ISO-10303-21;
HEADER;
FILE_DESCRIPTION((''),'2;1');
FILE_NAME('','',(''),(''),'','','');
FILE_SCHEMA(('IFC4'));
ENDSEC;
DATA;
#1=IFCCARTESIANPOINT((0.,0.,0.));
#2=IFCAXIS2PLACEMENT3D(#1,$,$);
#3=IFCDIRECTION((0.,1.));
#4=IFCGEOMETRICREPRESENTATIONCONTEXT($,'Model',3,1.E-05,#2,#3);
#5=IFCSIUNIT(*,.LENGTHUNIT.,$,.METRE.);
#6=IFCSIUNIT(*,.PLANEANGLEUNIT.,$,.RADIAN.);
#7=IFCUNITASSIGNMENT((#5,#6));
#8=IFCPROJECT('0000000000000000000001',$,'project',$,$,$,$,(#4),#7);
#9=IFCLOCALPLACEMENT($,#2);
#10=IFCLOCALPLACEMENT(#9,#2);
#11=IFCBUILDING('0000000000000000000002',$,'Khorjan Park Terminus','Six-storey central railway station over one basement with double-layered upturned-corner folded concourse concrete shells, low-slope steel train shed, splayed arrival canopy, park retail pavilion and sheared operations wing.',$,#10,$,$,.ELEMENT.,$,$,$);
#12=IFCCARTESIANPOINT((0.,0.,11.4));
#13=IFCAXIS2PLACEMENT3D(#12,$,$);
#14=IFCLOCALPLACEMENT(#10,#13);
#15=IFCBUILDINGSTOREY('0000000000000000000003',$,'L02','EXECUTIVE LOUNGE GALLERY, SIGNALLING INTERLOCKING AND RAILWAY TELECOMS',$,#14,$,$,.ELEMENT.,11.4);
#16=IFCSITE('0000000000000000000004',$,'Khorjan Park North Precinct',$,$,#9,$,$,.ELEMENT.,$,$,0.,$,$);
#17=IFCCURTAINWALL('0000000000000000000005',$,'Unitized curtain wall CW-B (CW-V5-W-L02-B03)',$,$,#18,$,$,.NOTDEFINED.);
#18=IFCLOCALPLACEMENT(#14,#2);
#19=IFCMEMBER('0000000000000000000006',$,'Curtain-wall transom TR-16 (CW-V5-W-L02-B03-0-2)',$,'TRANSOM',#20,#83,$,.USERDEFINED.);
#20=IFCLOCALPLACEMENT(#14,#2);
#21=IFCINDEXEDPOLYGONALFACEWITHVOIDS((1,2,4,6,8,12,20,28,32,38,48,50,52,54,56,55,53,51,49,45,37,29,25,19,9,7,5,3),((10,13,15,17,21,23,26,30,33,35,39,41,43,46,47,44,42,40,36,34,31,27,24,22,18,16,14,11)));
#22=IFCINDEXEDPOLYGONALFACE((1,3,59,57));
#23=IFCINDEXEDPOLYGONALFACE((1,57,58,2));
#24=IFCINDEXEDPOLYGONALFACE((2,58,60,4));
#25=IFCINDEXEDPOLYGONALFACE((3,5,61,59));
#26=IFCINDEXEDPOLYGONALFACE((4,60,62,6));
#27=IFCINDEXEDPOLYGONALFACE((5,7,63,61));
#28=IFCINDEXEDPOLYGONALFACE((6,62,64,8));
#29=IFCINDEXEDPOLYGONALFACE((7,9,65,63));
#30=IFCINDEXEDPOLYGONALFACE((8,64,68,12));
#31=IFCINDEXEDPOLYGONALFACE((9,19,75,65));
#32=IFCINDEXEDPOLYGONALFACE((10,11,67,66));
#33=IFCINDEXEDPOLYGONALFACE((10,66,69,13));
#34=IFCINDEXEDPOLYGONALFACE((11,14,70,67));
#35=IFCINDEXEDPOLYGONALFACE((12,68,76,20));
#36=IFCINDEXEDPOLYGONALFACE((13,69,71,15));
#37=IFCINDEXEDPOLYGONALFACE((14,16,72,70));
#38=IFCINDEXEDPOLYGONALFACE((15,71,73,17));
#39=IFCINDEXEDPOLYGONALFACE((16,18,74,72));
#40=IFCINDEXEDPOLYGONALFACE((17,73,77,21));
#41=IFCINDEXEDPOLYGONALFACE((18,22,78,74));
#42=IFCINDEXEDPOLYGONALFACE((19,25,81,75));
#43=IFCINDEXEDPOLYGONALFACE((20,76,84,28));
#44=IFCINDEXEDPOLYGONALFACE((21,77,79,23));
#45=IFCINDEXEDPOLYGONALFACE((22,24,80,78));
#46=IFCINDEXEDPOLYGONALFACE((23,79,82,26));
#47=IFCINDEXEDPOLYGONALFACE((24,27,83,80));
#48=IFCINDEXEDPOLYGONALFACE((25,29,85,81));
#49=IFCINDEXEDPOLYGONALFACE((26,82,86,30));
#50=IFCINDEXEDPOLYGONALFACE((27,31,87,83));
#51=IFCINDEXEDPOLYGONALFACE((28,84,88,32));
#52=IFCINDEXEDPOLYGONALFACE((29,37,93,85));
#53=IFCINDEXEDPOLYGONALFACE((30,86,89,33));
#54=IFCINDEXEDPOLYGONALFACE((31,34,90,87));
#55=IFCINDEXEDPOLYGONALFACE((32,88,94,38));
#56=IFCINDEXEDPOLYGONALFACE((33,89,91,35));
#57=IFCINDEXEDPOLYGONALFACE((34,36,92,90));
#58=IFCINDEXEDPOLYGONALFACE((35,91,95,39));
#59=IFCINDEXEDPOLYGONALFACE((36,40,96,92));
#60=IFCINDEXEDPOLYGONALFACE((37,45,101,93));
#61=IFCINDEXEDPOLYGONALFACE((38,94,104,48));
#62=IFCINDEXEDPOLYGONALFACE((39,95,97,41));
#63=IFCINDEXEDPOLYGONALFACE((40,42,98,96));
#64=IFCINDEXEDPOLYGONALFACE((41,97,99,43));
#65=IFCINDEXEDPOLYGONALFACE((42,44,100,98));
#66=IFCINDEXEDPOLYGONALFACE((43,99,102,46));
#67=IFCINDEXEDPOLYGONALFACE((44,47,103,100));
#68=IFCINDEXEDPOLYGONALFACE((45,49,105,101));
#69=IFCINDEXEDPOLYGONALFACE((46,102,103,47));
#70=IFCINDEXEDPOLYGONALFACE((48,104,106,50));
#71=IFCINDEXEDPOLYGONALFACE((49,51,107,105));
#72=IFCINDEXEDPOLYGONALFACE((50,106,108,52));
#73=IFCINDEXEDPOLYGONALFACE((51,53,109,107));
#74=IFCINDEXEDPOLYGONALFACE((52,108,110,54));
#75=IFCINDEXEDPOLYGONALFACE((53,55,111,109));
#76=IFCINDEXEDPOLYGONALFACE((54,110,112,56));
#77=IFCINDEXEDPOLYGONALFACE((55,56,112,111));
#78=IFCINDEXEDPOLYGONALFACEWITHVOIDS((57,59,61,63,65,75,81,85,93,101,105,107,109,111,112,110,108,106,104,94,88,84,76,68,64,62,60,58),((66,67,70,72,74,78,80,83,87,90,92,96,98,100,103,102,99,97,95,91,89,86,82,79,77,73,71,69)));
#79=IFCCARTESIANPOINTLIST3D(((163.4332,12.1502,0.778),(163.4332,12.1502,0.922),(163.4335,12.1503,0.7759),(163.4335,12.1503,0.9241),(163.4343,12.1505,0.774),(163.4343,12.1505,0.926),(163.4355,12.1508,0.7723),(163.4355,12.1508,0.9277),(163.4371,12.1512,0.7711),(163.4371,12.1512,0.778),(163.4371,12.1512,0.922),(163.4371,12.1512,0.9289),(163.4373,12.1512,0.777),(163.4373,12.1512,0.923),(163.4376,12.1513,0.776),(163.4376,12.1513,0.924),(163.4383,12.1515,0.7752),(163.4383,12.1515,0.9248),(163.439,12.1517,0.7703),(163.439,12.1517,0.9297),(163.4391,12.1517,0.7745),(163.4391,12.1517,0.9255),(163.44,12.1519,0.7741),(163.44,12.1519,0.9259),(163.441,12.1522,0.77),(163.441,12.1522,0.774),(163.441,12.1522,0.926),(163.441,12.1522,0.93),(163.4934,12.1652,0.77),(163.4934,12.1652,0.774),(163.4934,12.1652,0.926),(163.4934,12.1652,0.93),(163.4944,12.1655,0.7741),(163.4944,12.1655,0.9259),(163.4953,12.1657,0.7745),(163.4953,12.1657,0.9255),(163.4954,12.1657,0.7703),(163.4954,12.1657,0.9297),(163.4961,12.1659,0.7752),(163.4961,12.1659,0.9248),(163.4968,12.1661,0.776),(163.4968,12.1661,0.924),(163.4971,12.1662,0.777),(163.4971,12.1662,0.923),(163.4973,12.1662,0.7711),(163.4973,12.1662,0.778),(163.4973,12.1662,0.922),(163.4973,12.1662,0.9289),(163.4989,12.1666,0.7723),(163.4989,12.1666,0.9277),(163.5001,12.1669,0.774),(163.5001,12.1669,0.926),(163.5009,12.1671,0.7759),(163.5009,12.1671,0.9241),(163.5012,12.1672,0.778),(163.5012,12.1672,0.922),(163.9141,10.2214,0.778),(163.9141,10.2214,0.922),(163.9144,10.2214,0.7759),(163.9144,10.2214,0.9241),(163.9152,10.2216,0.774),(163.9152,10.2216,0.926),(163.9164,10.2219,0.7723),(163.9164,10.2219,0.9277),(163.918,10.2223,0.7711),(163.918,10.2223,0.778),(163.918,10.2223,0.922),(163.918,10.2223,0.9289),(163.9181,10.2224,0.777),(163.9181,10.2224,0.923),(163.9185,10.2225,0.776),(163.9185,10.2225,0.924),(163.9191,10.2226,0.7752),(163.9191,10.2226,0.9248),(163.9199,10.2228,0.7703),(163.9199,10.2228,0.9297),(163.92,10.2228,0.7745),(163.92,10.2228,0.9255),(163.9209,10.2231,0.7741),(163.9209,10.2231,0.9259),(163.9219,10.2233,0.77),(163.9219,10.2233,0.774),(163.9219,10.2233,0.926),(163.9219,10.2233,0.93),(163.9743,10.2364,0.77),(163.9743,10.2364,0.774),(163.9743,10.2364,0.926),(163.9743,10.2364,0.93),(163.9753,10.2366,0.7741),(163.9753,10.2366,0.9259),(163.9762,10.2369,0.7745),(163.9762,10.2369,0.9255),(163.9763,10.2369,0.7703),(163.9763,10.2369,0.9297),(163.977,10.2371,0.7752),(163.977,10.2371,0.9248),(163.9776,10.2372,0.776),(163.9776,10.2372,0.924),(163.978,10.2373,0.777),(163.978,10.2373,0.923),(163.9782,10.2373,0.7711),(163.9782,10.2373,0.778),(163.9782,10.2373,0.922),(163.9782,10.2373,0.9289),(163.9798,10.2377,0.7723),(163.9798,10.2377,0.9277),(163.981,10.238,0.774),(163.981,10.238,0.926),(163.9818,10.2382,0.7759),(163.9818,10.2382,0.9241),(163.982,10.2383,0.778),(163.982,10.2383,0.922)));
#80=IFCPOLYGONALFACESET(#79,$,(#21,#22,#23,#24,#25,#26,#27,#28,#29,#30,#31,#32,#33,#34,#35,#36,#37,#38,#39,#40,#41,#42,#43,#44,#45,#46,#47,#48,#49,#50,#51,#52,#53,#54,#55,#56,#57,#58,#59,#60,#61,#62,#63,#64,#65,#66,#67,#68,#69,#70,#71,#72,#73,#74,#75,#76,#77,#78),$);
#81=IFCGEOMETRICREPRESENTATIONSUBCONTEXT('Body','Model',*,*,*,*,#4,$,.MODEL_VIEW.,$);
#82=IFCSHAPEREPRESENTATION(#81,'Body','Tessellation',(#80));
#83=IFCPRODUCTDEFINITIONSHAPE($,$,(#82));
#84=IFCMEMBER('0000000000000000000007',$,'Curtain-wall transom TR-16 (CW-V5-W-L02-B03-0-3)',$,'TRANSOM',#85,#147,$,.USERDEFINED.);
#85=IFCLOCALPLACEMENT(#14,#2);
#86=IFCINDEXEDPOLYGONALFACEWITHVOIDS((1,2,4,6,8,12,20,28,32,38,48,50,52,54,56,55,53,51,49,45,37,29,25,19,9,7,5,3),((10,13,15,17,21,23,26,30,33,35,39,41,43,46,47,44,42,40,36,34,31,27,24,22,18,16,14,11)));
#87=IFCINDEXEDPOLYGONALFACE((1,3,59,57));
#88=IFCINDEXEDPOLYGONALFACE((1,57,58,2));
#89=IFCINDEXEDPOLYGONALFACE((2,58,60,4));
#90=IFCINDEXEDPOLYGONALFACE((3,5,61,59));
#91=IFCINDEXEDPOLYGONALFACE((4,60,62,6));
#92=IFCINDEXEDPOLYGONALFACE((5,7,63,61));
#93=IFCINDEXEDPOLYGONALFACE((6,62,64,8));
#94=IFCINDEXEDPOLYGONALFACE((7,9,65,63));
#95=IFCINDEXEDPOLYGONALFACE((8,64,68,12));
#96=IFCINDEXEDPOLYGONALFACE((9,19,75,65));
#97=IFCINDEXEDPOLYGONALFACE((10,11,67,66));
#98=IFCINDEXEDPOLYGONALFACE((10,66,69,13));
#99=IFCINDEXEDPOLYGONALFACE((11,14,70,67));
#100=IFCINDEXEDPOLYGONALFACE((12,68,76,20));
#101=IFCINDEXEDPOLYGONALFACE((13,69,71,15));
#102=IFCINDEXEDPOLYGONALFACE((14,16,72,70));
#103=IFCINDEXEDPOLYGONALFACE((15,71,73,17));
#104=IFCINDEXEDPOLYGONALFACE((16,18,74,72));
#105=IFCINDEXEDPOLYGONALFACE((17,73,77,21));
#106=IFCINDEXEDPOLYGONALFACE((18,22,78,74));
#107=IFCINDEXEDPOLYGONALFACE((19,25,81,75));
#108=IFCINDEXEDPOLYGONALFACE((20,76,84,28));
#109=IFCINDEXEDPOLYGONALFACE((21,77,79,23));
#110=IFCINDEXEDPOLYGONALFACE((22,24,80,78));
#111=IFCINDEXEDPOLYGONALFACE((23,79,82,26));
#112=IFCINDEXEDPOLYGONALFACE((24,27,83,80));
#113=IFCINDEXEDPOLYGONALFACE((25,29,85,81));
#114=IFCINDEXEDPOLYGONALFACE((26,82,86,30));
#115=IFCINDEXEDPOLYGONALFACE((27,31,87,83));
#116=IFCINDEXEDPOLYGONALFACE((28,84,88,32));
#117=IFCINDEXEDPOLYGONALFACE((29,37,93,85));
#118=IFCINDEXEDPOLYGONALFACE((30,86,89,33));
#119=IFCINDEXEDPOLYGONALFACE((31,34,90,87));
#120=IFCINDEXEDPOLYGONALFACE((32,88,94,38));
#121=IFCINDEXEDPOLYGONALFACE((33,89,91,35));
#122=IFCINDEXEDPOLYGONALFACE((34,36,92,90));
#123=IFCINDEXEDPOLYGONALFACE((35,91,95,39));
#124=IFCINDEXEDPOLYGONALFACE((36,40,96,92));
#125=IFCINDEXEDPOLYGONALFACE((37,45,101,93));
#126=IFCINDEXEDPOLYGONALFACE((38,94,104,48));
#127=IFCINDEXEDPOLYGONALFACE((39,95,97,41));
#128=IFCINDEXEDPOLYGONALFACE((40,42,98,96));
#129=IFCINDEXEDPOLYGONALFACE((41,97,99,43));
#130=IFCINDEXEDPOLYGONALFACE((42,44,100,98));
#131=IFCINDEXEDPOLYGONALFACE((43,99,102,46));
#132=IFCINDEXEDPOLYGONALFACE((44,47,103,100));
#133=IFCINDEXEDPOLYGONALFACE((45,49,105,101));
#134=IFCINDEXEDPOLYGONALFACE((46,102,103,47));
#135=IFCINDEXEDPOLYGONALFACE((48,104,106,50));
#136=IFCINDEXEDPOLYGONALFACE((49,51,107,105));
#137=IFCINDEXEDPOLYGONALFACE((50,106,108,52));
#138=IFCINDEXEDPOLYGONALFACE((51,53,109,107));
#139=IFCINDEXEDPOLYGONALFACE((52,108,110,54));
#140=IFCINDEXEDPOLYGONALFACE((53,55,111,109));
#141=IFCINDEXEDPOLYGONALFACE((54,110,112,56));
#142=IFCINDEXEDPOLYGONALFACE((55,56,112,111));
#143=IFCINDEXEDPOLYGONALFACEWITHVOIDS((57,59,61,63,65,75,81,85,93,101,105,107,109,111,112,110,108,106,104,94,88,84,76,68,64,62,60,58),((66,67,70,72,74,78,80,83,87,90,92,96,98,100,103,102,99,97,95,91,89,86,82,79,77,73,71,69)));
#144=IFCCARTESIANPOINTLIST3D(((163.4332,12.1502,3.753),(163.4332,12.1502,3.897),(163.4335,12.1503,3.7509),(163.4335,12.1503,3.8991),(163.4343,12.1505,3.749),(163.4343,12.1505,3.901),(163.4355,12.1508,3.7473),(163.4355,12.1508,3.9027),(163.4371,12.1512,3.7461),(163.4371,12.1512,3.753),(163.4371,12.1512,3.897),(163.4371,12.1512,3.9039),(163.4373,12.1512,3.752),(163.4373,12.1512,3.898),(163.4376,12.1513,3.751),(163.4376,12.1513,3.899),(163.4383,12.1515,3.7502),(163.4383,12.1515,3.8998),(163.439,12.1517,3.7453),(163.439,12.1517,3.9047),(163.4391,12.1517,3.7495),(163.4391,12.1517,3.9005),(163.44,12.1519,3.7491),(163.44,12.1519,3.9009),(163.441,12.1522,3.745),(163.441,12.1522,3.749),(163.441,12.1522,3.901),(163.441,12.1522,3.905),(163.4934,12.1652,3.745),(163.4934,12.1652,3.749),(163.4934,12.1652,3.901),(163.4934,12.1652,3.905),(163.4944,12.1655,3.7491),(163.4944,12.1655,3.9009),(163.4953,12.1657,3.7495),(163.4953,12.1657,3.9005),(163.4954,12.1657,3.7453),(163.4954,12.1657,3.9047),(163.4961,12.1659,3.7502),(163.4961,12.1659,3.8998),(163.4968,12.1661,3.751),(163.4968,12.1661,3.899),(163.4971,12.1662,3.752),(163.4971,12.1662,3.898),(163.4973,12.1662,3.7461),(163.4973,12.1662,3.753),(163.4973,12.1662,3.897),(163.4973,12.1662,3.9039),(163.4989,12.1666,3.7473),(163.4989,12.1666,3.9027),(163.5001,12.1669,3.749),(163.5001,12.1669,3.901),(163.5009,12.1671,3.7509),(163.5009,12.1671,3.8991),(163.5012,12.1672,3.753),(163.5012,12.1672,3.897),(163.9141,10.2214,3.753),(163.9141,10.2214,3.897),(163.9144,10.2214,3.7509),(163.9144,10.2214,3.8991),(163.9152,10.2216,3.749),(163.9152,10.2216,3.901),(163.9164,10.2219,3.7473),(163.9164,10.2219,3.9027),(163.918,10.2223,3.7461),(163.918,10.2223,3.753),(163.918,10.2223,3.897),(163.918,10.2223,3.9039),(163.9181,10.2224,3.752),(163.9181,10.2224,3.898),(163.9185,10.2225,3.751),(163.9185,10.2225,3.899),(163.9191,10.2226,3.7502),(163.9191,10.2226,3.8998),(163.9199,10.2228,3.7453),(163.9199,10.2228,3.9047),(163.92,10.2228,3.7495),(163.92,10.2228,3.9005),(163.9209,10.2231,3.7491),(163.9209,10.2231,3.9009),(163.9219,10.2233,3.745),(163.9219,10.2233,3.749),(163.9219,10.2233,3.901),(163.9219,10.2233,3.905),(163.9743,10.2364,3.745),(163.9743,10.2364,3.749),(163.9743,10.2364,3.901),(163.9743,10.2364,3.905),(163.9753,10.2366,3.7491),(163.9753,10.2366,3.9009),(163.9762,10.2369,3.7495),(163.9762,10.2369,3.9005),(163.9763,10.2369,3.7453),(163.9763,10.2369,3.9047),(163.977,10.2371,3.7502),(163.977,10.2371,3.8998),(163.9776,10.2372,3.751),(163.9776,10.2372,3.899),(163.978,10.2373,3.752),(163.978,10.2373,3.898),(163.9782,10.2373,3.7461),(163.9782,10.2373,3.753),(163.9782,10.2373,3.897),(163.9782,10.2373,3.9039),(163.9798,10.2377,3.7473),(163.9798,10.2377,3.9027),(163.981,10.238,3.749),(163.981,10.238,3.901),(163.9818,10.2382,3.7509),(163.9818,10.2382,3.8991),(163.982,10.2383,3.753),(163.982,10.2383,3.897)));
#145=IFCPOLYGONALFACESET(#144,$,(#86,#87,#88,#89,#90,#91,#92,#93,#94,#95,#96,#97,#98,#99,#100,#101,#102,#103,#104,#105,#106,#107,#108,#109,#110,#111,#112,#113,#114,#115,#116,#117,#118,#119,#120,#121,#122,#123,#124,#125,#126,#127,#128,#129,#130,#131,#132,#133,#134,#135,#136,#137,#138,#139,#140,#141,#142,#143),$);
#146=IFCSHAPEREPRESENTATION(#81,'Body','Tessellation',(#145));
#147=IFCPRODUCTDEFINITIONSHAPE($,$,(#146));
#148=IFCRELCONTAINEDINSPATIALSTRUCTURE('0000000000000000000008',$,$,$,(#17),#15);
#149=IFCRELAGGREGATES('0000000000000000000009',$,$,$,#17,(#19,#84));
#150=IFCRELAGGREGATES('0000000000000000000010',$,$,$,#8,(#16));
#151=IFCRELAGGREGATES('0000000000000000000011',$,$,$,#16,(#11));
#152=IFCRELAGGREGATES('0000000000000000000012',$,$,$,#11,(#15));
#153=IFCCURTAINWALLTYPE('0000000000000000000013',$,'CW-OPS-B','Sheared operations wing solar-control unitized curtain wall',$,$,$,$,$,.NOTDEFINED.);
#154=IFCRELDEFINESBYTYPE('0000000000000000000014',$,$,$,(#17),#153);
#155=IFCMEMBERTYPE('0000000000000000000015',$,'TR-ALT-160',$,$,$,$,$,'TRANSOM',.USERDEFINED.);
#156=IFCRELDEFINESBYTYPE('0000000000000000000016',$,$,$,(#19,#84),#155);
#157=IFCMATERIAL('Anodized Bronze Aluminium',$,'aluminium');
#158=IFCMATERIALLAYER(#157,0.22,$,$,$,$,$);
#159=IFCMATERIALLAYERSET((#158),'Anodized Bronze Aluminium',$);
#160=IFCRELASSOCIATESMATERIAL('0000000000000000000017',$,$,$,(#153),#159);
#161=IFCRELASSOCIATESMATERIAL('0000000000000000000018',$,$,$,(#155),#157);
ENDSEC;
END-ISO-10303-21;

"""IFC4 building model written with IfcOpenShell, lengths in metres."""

from ifc_helpers import new_model, si_unit, direction, frame, origin, origin_2d, place, context, subcontext, project, spatial, hollow_rectangle, extrude, material, layer, layer_set, material_profile, profile_set, type_object, element, aggregate, save


model = new_model("IFC4")

# Units and contexts
model_context = context("Model", 3, precision=1e-05, world=origin(), true_north=direction((0.0, 1.0)))
body_context = subcontext(model_context, "Body", "Model", "MODEL_VIEW")
ifc_project = project(units=[si_unit("LENGTHUNIT", "METRE"), si_unit("PLANEANGLEUNIT", "RADIAN")], contexts=[model_context])

# Site, building, storey
site_placement = place(None, origin())
site = spatial("IfcSite", under=ifc_project, at=site_placement, Name="Khorjan Park North Precinct", CompositionType="ELEMENT", RefElevation=0.0)
building_placement = place(site_placement, origin())
building = spatial("IfcBuilding", under=site, at=building_placement, Name="Khorjan Park Terminus", Description="Six-storey central railway station over one basement with double-layered upturned-corner folded concourse concrete shells, low-slope steel train shed, splayed arrival canopy, park retail pavilion and sheared operations wing.", CompositionType="ELEMENT")
storey_placement = place(building_placement, frame((0.0, 0.0, 11.4)))
storey = spatial("IfcBuildingStorey", under=building, at=storey_placement, Name="L02", Description="EXECUTIVE LOUNGE GALLERY, SIGNALLING INTERLOCKING AND RAILWAY TELECOMS", CompositionType="ELEMENT", Elevation=11.4)

# Curtain wall, members
ifc_material_1 = material(Name="Anodized Bronze Aluminium", Category="aluminium")
ifc_layer_1 = layer(ifc_material_1, 0.22)
ifc_layer_set_1 = layer_set([ifc_layer_1], Name="Anodized Bronze Aluminium")
curtain_wall_type = type_object("IfcCurtainWallType", Name="CW-OPS-B", Description="Sheared operations wing solar-control unitized curtain wall", PredefinedType="NOTDEFINED", material=ifc_layer_set_1)
curtain_wall_placement = place(storey_placement, origin())
curtain_wall = element("IfcCurtainWall", 1, at=curtain_wall_placement, inside=storey, type_object=curtain_wall_type, Name="Unitized curtain wall CW-B (CW-V5-W-L02-B03)", PredefinedType="NOTDEFINED")
ifc_material_profile_1 = material_profile(ifc_material_1, hollow_rectangle(XDim=0.07, YDim=0.16, WallThickness=0.004, InnerFilletRadius=0.004, OuterFilletRadius=0.008, at=origin_2d()), Name="ALT 70x160x4")
ifc_profile_set_1 = profile_set([ifc_material_profile_1], Name="Anodized Bronze Aluminium")
member_type_1 = type_object("IfcMemberType", Name="TR-ALT-160", ElementType="TRANSOM", PredefinedType="USERDEFINED", material=ifc_profile_set_1)
member_1_placement = place(storey_placement, frame((163.4672, 12.1587, 0.85), z_axis=(0.241908, -0.970299, 0.0), x_axis=(0.970299, 0.241908, 0.0)))
member_1 = element("IfcMember", 2, at=member_1_placement, type_object=member_type_1, Name="Curtain-wall transom TR-16 (CW-V5-W-L02-B03-0-2)", ObjectType="TRANSOM", PredefinedType="USERDEFINED", context=body_context, shape_type="SweptSolid", body=[
    extrude(hollow_rectangle(XDim=0.07, YDim=0.16, WallThickness=0.004, InnerFilletRadius=0.004, OuterFilletRadius=0.008, at=origin_2d()), origin(), (0.0, 0.0, 1.0), 1.9879),
])
member_2_placement = place(storey_placement, frame((163.4672, 12.1587, 3.825), z_axis=(0.241908, -0.970299, 0.0), x_axis=(0.970299, 0.241908, 0.0)))
member_2 = element("IfcMember", 3, at=member_2_placement, type_object=member_type_1, Name="Curtain-wall transom TR-16 (CW-V5-W-L02-B03-0-3)", ObjectType="TRANSOM", PredefinedType="USERDEFINED", context=body_context, shape_type="SweptSolid", body=[
    extrude(hollow_rectangle(XDim=0.07, YDim=0.16, WallThickness=0.004, InnerFilletRadius=0.004, OuterFilletRadius=0.008, at=origin_2d()), origin(), (0.0, 0.0, 1.0), 1.9879),
])
aggregate(curtain_wall, [member_1, member_2])

save(model, "model.ifc")
